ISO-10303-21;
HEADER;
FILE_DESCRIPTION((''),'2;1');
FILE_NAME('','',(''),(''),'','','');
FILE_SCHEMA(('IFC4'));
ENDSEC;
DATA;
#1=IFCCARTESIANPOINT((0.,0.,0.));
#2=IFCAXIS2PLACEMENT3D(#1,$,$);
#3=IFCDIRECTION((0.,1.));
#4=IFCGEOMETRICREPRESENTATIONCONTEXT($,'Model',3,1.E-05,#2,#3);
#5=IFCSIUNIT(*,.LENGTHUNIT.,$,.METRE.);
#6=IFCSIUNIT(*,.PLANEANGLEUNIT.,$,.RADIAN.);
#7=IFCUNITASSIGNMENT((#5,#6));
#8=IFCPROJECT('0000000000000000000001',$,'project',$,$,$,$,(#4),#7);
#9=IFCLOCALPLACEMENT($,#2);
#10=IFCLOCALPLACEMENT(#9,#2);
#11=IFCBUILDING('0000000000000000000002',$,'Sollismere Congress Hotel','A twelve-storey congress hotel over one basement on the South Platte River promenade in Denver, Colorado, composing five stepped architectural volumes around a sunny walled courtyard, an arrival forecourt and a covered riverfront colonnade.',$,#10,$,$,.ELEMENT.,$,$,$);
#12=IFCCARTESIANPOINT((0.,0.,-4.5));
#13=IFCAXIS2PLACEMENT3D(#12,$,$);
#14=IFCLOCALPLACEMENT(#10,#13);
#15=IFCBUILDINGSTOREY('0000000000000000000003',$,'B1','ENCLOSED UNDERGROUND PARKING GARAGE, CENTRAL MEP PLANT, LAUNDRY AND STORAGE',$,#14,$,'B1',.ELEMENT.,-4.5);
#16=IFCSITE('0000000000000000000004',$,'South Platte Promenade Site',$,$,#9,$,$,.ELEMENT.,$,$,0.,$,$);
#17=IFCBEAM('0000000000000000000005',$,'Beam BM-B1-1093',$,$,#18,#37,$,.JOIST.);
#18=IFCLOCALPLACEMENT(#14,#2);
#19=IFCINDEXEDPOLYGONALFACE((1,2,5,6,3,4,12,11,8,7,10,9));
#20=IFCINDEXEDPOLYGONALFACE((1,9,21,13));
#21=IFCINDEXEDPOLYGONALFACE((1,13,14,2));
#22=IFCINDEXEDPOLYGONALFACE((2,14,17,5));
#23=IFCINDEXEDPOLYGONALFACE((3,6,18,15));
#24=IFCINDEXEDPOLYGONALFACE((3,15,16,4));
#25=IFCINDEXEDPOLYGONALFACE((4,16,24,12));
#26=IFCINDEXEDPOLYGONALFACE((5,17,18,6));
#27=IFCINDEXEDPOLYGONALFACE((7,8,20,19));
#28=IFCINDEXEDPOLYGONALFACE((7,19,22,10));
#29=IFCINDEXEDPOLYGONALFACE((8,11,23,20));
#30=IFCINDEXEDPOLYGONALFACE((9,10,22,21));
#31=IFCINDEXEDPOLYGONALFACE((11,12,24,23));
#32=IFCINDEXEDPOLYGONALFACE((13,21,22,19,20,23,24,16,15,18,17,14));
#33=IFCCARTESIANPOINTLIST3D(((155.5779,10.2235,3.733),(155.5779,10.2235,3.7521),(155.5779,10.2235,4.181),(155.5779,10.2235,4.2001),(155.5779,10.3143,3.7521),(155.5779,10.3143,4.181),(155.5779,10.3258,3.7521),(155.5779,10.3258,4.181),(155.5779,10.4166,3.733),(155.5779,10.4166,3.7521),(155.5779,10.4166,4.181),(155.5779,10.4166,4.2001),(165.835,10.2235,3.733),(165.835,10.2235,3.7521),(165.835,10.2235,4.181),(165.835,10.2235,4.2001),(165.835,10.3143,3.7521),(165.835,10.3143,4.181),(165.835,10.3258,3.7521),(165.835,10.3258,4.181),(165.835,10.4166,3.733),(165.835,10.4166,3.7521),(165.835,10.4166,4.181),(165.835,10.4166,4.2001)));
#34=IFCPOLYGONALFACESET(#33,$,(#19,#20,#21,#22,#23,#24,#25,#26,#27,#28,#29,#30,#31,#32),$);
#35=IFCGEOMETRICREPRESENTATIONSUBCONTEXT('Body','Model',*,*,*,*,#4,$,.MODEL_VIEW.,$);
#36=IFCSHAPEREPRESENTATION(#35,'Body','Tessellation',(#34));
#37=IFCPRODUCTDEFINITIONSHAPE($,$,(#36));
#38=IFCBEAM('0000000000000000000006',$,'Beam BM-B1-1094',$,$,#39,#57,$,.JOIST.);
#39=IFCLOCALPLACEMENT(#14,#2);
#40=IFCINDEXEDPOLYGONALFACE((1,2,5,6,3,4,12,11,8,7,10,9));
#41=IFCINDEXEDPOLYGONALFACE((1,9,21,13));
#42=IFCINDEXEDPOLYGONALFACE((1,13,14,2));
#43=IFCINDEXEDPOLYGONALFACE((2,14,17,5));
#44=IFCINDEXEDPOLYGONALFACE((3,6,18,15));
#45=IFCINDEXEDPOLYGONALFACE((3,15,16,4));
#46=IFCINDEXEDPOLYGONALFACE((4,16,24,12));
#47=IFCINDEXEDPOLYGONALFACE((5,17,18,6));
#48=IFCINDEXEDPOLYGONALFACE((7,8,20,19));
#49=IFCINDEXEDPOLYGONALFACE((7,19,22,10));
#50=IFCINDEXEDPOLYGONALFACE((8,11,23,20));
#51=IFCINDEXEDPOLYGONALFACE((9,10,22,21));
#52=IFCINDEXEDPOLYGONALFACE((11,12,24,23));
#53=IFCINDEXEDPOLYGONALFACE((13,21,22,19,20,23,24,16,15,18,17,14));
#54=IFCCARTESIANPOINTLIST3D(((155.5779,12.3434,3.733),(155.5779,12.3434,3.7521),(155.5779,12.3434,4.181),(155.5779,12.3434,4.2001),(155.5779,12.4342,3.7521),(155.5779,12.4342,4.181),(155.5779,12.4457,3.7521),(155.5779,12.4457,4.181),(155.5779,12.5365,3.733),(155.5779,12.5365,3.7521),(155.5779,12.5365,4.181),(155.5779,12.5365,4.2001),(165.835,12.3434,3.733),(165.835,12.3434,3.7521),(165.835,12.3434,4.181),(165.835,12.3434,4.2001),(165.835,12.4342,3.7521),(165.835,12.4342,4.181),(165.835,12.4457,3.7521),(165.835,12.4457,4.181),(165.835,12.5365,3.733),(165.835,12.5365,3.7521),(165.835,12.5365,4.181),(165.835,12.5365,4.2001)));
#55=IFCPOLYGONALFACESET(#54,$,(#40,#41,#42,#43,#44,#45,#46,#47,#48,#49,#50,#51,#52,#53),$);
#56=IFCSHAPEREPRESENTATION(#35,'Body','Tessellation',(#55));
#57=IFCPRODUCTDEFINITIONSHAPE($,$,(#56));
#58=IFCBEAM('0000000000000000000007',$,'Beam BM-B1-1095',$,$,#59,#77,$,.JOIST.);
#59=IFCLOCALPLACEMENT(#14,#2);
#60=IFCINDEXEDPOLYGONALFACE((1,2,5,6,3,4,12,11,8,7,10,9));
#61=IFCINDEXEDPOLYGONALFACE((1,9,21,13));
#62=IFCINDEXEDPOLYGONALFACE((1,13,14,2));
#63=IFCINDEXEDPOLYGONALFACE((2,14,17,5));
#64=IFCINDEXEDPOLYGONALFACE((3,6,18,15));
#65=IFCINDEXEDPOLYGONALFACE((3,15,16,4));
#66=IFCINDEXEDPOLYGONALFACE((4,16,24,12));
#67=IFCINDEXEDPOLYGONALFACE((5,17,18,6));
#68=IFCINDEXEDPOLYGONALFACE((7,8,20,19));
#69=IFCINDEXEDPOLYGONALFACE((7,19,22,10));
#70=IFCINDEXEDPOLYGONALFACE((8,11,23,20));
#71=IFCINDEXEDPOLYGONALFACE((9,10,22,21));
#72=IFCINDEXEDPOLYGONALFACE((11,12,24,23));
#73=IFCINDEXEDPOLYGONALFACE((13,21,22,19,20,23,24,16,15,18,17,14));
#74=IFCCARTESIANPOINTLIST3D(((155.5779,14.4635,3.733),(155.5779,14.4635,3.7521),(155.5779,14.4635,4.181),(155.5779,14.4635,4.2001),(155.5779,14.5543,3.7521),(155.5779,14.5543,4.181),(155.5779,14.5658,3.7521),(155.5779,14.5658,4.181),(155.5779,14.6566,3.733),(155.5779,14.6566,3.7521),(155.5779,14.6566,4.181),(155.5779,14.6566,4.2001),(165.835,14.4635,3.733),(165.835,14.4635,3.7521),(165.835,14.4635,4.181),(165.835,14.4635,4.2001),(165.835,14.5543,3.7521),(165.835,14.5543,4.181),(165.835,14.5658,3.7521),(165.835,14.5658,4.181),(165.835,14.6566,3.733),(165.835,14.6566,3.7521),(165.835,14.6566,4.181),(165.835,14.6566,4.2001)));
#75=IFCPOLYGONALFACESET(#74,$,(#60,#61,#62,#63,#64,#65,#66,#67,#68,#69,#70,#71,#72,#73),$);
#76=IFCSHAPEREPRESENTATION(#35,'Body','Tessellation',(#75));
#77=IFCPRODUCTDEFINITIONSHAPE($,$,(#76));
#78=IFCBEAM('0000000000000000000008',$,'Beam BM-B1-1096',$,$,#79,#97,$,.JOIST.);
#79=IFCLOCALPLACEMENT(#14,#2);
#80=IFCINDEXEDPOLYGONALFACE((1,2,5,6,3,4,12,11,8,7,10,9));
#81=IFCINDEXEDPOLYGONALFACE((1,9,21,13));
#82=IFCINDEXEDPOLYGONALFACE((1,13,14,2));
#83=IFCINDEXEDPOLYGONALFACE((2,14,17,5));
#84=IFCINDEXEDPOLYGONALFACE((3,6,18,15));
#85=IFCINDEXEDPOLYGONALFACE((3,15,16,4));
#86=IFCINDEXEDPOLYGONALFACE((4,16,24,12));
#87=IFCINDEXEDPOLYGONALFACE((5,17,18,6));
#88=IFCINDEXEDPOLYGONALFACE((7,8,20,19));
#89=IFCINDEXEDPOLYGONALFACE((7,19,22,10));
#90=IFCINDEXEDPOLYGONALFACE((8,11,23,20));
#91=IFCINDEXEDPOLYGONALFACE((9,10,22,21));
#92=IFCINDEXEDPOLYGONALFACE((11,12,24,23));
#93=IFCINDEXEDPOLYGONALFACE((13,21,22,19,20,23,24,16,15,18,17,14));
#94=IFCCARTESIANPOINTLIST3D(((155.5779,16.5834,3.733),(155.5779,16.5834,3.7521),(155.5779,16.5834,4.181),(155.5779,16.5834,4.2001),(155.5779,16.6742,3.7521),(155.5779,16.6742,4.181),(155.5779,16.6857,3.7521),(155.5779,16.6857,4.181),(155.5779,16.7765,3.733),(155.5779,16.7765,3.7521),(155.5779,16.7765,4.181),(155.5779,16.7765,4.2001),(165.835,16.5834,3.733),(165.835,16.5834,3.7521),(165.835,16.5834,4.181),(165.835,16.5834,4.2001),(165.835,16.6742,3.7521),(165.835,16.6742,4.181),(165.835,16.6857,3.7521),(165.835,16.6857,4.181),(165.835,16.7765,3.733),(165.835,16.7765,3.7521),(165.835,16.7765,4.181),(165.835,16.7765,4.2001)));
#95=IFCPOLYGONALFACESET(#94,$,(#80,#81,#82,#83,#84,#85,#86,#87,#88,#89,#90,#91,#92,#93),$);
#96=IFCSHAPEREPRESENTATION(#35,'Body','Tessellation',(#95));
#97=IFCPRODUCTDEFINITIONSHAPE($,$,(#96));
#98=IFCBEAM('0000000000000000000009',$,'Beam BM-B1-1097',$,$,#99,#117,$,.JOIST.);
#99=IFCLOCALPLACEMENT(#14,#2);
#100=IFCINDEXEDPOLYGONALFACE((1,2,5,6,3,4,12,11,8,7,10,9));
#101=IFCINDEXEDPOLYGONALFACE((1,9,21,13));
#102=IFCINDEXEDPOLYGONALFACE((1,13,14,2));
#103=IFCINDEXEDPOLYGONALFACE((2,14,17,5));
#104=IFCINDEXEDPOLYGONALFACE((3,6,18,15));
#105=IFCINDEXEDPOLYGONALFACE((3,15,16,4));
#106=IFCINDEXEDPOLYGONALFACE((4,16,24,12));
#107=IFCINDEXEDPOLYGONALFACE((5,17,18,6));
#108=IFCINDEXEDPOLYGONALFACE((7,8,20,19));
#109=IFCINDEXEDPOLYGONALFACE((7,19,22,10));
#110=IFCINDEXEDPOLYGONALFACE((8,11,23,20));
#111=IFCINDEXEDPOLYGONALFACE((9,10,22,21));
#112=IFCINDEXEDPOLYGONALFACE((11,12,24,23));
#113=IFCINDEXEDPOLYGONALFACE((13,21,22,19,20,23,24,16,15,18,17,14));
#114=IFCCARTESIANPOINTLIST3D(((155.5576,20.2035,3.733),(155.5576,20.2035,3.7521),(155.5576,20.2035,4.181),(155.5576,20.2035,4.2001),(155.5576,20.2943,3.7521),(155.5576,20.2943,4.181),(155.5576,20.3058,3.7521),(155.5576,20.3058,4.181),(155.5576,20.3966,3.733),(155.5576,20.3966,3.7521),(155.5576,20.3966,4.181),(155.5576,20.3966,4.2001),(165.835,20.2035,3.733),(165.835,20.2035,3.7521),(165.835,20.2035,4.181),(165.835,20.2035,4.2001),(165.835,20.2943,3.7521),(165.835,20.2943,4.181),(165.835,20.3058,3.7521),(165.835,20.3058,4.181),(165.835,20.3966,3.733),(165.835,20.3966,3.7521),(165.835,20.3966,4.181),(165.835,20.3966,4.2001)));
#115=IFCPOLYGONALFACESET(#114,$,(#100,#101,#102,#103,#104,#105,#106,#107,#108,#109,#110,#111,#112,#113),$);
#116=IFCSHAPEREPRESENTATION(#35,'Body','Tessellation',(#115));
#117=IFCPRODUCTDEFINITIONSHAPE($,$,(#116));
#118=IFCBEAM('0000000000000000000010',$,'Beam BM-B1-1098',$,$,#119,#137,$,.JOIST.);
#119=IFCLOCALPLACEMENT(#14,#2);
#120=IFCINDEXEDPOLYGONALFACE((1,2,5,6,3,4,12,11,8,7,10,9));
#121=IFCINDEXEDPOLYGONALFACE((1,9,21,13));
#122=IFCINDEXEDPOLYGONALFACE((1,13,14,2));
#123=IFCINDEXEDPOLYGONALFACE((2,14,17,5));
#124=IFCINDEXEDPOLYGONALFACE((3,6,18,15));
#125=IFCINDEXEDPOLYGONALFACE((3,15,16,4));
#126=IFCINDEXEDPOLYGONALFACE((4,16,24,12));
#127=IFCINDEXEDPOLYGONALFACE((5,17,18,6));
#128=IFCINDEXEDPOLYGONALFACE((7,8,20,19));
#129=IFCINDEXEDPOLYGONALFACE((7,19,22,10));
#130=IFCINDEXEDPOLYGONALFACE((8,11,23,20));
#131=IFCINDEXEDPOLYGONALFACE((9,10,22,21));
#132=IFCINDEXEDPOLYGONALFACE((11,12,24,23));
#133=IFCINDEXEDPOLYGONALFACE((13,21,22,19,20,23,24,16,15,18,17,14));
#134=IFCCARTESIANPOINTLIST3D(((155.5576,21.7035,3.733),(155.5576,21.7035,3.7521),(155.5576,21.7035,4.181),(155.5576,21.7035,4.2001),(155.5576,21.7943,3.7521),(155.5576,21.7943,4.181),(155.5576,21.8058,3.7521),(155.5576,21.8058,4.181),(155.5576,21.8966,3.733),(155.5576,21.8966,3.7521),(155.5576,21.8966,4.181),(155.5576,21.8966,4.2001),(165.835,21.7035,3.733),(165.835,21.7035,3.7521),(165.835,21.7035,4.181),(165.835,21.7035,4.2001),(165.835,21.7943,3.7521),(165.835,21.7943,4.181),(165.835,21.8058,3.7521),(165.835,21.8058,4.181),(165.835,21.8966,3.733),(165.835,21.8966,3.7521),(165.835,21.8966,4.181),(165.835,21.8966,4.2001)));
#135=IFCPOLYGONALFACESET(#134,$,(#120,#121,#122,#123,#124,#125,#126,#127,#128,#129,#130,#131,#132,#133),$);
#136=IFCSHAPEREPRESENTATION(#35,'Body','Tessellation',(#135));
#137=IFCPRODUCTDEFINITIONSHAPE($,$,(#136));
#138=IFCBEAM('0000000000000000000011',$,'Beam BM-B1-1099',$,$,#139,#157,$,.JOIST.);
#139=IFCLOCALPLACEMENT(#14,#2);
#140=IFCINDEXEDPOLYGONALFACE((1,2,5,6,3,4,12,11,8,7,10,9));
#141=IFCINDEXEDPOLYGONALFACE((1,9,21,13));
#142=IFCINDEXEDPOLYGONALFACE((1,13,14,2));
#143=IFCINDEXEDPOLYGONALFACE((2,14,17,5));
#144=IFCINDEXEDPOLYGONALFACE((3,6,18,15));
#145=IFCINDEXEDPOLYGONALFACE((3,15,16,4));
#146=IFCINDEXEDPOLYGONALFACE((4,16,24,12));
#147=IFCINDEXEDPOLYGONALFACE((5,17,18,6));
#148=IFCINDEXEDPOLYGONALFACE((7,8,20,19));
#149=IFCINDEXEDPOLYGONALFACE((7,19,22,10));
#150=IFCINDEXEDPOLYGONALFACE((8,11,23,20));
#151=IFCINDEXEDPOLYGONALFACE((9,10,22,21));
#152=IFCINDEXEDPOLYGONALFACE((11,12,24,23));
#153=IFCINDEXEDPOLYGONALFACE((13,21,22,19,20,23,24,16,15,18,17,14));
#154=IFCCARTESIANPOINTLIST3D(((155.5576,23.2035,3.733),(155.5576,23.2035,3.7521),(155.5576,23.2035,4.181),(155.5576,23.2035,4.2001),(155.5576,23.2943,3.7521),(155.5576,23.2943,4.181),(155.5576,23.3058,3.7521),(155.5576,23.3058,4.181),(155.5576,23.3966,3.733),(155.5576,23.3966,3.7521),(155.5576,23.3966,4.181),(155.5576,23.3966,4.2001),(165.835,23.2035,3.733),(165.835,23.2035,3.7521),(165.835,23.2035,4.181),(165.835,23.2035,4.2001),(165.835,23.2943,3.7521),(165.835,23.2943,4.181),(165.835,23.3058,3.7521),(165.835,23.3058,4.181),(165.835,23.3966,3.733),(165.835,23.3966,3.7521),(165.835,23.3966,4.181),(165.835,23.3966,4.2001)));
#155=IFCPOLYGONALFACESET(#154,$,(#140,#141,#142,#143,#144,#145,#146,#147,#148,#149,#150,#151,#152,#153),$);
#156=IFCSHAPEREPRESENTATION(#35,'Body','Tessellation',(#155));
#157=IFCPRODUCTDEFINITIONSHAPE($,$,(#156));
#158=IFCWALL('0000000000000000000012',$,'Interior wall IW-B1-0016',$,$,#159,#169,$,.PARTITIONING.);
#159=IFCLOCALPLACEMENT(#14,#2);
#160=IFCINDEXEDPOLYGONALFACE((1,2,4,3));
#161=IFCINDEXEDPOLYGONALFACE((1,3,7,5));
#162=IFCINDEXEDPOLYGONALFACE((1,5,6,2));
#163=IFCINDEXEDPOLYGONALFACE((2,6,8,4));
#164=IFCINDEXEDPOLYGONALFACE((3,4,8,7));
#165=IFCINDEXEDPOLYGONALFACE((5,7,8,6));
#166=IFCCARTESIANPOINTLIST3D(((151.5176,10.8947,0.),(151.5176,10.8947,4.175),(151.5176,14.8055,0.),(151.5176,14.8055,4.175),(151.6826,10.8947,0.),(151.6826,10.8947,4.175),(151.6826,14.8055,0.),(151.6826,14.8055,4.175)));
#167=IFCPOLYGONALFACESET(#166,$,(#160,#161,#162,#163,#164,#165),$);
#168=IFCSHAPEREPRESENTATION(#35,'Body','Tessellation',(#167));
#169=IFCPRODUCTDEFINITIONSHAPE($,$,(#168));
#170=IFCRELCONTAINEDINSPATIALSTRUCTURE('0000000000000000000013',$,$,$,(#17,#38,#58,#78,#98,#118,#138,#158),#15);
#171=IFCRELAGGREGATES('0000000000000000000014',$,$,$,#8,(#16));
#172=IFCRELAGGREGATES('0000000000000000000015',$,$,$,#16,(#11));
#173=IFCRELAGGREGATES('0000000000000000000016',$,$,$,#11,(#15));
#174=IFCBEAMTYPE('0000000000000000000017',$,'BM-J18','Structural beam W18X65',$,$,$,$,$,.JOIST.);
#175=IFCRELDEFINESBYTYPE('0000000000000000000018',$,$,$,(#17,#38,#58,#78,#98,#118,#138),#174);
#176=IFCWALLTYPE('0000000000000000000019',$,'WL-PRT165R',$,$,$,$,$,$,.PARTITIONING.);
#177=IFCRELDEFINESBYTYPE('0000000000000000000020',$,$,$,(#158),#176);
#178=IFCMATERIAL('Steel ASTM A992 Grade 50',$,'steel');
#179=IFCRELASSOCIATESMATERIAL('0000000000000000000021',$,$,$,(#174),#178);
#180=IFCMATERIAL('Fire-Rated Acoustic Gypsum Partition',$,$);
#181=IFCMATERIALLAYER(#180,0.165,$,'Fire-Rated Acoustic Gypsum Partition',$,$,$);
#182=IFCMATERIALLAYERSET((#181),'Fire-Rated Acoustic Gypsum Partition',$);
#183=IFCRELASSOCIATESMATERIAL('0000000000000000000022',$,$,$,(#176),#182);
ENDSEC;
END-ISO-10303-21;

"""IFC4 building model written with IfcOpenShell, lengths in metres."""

from ifc_helpers import new_model, si_unit, direction, frame, frame_2d, origin, origin_2d, place, context, subcontext, project, spatial, rectangle, i_section, extrude, material, layer, layer_set, material_profile, profile_set, type_object, element, save


model = new_model("IFC4")

# Units and contexts
model_context = context("Model", 3, precision=1e-05, world=origin(), true_north=direction((0.0, 1.0)))
body_context = subcontext(model_context, "Body", "Model", "MODEL_VIEW")
ifc_project = project(units=[si_unit("LENGTHUNIT", "METRE"), si_unit("PLANEANGLEUNIT", "RADIAN")], contexts=[model_context])

# Site, building, storey
site_placement = place(None, origin())
site = spatial("IfcSite", under=ifc_project, at=site_placement, Name="South Platte Promenade Site", CompositionType="ELEMENT", RefElevation=0.0)
building_placement = place(site_placement, origin())
building = spatial("IfcBuilding", under=site, at=building_placement, Name="Sollismere Congress Hotel", Description="A twelve-storey congress hotel over one basement on the South Platte River promenade in Denver, Colorado, composing five stepped architectural volumes around a sunny walled courtyard, an arrival forecourt and a covered riverfront colonnade.", CompositionType="ELEMENT")
storey_placement = place(building_placement, frame((0.0, 0.0, -4.5)))
storey = spatial("IfcBuildingStorey", under=building, at=storey_placement, Name="B1", Description="ENCLOSED UNDERGROUND PARKING GARAGE, CENTRAL MEP PLANT, LAUNDRY AND STORAGE", LongName="B1", CompositionType="ELEMENT", Elevation=-4.5)

# Beams
ifc_material_1 = material(Name="Steel ASTM A992 Grade 50", Category="steel")
ifc_material_profile_1 = material_profile(ifc_material_1, i_section(OverallWidth=0.1931, OverallDepth=0.467, WebThickness=0.0115, FlangeThickness=0.019, at=origin_2d()), Name="W18X65")
ifc_profile_set_1 = profile_set([ifc_material_profile_1], Name="Steel ASTM A992 Grade 50")
beam_type_1 = type_object("IfcBeamType", Name="BM-J18", Description="Structural beam W18X65", PredefinedType="JOIST", material=ifc_profile_set_1)
for number, where, z_axis, x_axis, name in (
    (1, (155.5779, 10.3201, 3.9666), (1.0, 0.0, 0.0), (0.0, 1.0, 0.0), "Beam BM-B1-1093"),
    (2, (155.5779, 12.4399, 3.9666), (1.0, 0.0, 0.0), (0.0, 1.0, 0.0), "Beam BM-B1-1094"),
    (3, (155.5779, 14.5601, 3.9666), (1.0, 0.0, 0.0), (0.0, 1.0, 0.0), "Beam BM-B1-1095"),
    (4, (155.5779, 16.6799, 3.9666), (1.0, 0.0, 0.0), (0.0, 1.0, 0.0), "Beam BM-B1-1096"),
):
    element("IfcBeam", number, at=place(storey_placement, frame(where, z_axis=z_axis, x_axis=x_axis)), inside=storey, type_object=beam_type_1, Name=name, PredefinedType="JOIST", context=body_context, shape_type="SweptSolid", body=[
        extrude(i_section(OverallWidth=0.1931, OverallDepth=0.467, WebThickness=0.0115, FlangeThickness=0.019, at=origin_2d()), origin(), (0.0, 0.0, 1.0), 10.2571),
    ])
for number, where, z_axis, x_axis, name in (
    (5, (155.5576, 20.3, 3.9666), (1.0, 0.0, 0.0), (0.0, 1.0, 0.0), "Beam BM-B1-1097"),
    (6, (155.5576, 21.8, 3.9666), (1.0, 0.0, 0.0), (0.0, 1.0, 0.0), "Beam BM-B1-1098"),
    (7, (155.5576, 23.3, 3.9666), (1.0, 0.0, 0.0), (0.0, 1.0, 0.0), "Beam BM-B1-1099"),
):
    element("IfcBeam", number, at=place(storey_placement, frame(where, z_axis=z_axis, x_axis=x_axis)), inside=storey, type_object=beam_type_1, Name=name, PredefinedType="JOIST", context=body_context, shape_type="SweptSolid", body=[
        extrude(i_section(OverallWidth=0.1931, OverallDepth=0.467, WebThickness=0.0115, FlangeThickness=0.019, at=origin_2d()), origin(), (0.0, 0.0, 1.0), 10.2773),
    ])

# Wall
ifc_material_2 = material(Name="Fire-Rated Acoustic Gypsum Partition")
ifc_layer = layer(ifc_material_2, 0.165, Name="Fire-Rated Acoustic Gypsum Partition")
ifc_layer_set = layer_set([ifc_layer], Name="Fire-Rated Acoustic Gypsum Partition")
wall_type = type_object("IfcWallType", Name="WL-PRT165R", PredefinedType="PARTITIONING", material=ifc_layer_set)
wall_placement = place(storey_placement, frame((151.6001, 10.8945, 0.0), z_axis=(0.0, 0.0, 1.0), x_axis=(0.0, 1.0, 0.0)))
element("IfcWall", 8, at=wall_placement, inside=storey, type_object=wall_type, Name="Interior wall IW-B1-0016", PredefinedType="PARTITIONING", context=body_context, shape_type="SweptSolid", body=[
    extrude(rectangle(XDim=3.9109, YDim=0.165, at=frame_2d((1.9556, 0.0))), origin(), (0.0, 0.0, 1.0), 4.175),
])

save(model, "model.ifc")
